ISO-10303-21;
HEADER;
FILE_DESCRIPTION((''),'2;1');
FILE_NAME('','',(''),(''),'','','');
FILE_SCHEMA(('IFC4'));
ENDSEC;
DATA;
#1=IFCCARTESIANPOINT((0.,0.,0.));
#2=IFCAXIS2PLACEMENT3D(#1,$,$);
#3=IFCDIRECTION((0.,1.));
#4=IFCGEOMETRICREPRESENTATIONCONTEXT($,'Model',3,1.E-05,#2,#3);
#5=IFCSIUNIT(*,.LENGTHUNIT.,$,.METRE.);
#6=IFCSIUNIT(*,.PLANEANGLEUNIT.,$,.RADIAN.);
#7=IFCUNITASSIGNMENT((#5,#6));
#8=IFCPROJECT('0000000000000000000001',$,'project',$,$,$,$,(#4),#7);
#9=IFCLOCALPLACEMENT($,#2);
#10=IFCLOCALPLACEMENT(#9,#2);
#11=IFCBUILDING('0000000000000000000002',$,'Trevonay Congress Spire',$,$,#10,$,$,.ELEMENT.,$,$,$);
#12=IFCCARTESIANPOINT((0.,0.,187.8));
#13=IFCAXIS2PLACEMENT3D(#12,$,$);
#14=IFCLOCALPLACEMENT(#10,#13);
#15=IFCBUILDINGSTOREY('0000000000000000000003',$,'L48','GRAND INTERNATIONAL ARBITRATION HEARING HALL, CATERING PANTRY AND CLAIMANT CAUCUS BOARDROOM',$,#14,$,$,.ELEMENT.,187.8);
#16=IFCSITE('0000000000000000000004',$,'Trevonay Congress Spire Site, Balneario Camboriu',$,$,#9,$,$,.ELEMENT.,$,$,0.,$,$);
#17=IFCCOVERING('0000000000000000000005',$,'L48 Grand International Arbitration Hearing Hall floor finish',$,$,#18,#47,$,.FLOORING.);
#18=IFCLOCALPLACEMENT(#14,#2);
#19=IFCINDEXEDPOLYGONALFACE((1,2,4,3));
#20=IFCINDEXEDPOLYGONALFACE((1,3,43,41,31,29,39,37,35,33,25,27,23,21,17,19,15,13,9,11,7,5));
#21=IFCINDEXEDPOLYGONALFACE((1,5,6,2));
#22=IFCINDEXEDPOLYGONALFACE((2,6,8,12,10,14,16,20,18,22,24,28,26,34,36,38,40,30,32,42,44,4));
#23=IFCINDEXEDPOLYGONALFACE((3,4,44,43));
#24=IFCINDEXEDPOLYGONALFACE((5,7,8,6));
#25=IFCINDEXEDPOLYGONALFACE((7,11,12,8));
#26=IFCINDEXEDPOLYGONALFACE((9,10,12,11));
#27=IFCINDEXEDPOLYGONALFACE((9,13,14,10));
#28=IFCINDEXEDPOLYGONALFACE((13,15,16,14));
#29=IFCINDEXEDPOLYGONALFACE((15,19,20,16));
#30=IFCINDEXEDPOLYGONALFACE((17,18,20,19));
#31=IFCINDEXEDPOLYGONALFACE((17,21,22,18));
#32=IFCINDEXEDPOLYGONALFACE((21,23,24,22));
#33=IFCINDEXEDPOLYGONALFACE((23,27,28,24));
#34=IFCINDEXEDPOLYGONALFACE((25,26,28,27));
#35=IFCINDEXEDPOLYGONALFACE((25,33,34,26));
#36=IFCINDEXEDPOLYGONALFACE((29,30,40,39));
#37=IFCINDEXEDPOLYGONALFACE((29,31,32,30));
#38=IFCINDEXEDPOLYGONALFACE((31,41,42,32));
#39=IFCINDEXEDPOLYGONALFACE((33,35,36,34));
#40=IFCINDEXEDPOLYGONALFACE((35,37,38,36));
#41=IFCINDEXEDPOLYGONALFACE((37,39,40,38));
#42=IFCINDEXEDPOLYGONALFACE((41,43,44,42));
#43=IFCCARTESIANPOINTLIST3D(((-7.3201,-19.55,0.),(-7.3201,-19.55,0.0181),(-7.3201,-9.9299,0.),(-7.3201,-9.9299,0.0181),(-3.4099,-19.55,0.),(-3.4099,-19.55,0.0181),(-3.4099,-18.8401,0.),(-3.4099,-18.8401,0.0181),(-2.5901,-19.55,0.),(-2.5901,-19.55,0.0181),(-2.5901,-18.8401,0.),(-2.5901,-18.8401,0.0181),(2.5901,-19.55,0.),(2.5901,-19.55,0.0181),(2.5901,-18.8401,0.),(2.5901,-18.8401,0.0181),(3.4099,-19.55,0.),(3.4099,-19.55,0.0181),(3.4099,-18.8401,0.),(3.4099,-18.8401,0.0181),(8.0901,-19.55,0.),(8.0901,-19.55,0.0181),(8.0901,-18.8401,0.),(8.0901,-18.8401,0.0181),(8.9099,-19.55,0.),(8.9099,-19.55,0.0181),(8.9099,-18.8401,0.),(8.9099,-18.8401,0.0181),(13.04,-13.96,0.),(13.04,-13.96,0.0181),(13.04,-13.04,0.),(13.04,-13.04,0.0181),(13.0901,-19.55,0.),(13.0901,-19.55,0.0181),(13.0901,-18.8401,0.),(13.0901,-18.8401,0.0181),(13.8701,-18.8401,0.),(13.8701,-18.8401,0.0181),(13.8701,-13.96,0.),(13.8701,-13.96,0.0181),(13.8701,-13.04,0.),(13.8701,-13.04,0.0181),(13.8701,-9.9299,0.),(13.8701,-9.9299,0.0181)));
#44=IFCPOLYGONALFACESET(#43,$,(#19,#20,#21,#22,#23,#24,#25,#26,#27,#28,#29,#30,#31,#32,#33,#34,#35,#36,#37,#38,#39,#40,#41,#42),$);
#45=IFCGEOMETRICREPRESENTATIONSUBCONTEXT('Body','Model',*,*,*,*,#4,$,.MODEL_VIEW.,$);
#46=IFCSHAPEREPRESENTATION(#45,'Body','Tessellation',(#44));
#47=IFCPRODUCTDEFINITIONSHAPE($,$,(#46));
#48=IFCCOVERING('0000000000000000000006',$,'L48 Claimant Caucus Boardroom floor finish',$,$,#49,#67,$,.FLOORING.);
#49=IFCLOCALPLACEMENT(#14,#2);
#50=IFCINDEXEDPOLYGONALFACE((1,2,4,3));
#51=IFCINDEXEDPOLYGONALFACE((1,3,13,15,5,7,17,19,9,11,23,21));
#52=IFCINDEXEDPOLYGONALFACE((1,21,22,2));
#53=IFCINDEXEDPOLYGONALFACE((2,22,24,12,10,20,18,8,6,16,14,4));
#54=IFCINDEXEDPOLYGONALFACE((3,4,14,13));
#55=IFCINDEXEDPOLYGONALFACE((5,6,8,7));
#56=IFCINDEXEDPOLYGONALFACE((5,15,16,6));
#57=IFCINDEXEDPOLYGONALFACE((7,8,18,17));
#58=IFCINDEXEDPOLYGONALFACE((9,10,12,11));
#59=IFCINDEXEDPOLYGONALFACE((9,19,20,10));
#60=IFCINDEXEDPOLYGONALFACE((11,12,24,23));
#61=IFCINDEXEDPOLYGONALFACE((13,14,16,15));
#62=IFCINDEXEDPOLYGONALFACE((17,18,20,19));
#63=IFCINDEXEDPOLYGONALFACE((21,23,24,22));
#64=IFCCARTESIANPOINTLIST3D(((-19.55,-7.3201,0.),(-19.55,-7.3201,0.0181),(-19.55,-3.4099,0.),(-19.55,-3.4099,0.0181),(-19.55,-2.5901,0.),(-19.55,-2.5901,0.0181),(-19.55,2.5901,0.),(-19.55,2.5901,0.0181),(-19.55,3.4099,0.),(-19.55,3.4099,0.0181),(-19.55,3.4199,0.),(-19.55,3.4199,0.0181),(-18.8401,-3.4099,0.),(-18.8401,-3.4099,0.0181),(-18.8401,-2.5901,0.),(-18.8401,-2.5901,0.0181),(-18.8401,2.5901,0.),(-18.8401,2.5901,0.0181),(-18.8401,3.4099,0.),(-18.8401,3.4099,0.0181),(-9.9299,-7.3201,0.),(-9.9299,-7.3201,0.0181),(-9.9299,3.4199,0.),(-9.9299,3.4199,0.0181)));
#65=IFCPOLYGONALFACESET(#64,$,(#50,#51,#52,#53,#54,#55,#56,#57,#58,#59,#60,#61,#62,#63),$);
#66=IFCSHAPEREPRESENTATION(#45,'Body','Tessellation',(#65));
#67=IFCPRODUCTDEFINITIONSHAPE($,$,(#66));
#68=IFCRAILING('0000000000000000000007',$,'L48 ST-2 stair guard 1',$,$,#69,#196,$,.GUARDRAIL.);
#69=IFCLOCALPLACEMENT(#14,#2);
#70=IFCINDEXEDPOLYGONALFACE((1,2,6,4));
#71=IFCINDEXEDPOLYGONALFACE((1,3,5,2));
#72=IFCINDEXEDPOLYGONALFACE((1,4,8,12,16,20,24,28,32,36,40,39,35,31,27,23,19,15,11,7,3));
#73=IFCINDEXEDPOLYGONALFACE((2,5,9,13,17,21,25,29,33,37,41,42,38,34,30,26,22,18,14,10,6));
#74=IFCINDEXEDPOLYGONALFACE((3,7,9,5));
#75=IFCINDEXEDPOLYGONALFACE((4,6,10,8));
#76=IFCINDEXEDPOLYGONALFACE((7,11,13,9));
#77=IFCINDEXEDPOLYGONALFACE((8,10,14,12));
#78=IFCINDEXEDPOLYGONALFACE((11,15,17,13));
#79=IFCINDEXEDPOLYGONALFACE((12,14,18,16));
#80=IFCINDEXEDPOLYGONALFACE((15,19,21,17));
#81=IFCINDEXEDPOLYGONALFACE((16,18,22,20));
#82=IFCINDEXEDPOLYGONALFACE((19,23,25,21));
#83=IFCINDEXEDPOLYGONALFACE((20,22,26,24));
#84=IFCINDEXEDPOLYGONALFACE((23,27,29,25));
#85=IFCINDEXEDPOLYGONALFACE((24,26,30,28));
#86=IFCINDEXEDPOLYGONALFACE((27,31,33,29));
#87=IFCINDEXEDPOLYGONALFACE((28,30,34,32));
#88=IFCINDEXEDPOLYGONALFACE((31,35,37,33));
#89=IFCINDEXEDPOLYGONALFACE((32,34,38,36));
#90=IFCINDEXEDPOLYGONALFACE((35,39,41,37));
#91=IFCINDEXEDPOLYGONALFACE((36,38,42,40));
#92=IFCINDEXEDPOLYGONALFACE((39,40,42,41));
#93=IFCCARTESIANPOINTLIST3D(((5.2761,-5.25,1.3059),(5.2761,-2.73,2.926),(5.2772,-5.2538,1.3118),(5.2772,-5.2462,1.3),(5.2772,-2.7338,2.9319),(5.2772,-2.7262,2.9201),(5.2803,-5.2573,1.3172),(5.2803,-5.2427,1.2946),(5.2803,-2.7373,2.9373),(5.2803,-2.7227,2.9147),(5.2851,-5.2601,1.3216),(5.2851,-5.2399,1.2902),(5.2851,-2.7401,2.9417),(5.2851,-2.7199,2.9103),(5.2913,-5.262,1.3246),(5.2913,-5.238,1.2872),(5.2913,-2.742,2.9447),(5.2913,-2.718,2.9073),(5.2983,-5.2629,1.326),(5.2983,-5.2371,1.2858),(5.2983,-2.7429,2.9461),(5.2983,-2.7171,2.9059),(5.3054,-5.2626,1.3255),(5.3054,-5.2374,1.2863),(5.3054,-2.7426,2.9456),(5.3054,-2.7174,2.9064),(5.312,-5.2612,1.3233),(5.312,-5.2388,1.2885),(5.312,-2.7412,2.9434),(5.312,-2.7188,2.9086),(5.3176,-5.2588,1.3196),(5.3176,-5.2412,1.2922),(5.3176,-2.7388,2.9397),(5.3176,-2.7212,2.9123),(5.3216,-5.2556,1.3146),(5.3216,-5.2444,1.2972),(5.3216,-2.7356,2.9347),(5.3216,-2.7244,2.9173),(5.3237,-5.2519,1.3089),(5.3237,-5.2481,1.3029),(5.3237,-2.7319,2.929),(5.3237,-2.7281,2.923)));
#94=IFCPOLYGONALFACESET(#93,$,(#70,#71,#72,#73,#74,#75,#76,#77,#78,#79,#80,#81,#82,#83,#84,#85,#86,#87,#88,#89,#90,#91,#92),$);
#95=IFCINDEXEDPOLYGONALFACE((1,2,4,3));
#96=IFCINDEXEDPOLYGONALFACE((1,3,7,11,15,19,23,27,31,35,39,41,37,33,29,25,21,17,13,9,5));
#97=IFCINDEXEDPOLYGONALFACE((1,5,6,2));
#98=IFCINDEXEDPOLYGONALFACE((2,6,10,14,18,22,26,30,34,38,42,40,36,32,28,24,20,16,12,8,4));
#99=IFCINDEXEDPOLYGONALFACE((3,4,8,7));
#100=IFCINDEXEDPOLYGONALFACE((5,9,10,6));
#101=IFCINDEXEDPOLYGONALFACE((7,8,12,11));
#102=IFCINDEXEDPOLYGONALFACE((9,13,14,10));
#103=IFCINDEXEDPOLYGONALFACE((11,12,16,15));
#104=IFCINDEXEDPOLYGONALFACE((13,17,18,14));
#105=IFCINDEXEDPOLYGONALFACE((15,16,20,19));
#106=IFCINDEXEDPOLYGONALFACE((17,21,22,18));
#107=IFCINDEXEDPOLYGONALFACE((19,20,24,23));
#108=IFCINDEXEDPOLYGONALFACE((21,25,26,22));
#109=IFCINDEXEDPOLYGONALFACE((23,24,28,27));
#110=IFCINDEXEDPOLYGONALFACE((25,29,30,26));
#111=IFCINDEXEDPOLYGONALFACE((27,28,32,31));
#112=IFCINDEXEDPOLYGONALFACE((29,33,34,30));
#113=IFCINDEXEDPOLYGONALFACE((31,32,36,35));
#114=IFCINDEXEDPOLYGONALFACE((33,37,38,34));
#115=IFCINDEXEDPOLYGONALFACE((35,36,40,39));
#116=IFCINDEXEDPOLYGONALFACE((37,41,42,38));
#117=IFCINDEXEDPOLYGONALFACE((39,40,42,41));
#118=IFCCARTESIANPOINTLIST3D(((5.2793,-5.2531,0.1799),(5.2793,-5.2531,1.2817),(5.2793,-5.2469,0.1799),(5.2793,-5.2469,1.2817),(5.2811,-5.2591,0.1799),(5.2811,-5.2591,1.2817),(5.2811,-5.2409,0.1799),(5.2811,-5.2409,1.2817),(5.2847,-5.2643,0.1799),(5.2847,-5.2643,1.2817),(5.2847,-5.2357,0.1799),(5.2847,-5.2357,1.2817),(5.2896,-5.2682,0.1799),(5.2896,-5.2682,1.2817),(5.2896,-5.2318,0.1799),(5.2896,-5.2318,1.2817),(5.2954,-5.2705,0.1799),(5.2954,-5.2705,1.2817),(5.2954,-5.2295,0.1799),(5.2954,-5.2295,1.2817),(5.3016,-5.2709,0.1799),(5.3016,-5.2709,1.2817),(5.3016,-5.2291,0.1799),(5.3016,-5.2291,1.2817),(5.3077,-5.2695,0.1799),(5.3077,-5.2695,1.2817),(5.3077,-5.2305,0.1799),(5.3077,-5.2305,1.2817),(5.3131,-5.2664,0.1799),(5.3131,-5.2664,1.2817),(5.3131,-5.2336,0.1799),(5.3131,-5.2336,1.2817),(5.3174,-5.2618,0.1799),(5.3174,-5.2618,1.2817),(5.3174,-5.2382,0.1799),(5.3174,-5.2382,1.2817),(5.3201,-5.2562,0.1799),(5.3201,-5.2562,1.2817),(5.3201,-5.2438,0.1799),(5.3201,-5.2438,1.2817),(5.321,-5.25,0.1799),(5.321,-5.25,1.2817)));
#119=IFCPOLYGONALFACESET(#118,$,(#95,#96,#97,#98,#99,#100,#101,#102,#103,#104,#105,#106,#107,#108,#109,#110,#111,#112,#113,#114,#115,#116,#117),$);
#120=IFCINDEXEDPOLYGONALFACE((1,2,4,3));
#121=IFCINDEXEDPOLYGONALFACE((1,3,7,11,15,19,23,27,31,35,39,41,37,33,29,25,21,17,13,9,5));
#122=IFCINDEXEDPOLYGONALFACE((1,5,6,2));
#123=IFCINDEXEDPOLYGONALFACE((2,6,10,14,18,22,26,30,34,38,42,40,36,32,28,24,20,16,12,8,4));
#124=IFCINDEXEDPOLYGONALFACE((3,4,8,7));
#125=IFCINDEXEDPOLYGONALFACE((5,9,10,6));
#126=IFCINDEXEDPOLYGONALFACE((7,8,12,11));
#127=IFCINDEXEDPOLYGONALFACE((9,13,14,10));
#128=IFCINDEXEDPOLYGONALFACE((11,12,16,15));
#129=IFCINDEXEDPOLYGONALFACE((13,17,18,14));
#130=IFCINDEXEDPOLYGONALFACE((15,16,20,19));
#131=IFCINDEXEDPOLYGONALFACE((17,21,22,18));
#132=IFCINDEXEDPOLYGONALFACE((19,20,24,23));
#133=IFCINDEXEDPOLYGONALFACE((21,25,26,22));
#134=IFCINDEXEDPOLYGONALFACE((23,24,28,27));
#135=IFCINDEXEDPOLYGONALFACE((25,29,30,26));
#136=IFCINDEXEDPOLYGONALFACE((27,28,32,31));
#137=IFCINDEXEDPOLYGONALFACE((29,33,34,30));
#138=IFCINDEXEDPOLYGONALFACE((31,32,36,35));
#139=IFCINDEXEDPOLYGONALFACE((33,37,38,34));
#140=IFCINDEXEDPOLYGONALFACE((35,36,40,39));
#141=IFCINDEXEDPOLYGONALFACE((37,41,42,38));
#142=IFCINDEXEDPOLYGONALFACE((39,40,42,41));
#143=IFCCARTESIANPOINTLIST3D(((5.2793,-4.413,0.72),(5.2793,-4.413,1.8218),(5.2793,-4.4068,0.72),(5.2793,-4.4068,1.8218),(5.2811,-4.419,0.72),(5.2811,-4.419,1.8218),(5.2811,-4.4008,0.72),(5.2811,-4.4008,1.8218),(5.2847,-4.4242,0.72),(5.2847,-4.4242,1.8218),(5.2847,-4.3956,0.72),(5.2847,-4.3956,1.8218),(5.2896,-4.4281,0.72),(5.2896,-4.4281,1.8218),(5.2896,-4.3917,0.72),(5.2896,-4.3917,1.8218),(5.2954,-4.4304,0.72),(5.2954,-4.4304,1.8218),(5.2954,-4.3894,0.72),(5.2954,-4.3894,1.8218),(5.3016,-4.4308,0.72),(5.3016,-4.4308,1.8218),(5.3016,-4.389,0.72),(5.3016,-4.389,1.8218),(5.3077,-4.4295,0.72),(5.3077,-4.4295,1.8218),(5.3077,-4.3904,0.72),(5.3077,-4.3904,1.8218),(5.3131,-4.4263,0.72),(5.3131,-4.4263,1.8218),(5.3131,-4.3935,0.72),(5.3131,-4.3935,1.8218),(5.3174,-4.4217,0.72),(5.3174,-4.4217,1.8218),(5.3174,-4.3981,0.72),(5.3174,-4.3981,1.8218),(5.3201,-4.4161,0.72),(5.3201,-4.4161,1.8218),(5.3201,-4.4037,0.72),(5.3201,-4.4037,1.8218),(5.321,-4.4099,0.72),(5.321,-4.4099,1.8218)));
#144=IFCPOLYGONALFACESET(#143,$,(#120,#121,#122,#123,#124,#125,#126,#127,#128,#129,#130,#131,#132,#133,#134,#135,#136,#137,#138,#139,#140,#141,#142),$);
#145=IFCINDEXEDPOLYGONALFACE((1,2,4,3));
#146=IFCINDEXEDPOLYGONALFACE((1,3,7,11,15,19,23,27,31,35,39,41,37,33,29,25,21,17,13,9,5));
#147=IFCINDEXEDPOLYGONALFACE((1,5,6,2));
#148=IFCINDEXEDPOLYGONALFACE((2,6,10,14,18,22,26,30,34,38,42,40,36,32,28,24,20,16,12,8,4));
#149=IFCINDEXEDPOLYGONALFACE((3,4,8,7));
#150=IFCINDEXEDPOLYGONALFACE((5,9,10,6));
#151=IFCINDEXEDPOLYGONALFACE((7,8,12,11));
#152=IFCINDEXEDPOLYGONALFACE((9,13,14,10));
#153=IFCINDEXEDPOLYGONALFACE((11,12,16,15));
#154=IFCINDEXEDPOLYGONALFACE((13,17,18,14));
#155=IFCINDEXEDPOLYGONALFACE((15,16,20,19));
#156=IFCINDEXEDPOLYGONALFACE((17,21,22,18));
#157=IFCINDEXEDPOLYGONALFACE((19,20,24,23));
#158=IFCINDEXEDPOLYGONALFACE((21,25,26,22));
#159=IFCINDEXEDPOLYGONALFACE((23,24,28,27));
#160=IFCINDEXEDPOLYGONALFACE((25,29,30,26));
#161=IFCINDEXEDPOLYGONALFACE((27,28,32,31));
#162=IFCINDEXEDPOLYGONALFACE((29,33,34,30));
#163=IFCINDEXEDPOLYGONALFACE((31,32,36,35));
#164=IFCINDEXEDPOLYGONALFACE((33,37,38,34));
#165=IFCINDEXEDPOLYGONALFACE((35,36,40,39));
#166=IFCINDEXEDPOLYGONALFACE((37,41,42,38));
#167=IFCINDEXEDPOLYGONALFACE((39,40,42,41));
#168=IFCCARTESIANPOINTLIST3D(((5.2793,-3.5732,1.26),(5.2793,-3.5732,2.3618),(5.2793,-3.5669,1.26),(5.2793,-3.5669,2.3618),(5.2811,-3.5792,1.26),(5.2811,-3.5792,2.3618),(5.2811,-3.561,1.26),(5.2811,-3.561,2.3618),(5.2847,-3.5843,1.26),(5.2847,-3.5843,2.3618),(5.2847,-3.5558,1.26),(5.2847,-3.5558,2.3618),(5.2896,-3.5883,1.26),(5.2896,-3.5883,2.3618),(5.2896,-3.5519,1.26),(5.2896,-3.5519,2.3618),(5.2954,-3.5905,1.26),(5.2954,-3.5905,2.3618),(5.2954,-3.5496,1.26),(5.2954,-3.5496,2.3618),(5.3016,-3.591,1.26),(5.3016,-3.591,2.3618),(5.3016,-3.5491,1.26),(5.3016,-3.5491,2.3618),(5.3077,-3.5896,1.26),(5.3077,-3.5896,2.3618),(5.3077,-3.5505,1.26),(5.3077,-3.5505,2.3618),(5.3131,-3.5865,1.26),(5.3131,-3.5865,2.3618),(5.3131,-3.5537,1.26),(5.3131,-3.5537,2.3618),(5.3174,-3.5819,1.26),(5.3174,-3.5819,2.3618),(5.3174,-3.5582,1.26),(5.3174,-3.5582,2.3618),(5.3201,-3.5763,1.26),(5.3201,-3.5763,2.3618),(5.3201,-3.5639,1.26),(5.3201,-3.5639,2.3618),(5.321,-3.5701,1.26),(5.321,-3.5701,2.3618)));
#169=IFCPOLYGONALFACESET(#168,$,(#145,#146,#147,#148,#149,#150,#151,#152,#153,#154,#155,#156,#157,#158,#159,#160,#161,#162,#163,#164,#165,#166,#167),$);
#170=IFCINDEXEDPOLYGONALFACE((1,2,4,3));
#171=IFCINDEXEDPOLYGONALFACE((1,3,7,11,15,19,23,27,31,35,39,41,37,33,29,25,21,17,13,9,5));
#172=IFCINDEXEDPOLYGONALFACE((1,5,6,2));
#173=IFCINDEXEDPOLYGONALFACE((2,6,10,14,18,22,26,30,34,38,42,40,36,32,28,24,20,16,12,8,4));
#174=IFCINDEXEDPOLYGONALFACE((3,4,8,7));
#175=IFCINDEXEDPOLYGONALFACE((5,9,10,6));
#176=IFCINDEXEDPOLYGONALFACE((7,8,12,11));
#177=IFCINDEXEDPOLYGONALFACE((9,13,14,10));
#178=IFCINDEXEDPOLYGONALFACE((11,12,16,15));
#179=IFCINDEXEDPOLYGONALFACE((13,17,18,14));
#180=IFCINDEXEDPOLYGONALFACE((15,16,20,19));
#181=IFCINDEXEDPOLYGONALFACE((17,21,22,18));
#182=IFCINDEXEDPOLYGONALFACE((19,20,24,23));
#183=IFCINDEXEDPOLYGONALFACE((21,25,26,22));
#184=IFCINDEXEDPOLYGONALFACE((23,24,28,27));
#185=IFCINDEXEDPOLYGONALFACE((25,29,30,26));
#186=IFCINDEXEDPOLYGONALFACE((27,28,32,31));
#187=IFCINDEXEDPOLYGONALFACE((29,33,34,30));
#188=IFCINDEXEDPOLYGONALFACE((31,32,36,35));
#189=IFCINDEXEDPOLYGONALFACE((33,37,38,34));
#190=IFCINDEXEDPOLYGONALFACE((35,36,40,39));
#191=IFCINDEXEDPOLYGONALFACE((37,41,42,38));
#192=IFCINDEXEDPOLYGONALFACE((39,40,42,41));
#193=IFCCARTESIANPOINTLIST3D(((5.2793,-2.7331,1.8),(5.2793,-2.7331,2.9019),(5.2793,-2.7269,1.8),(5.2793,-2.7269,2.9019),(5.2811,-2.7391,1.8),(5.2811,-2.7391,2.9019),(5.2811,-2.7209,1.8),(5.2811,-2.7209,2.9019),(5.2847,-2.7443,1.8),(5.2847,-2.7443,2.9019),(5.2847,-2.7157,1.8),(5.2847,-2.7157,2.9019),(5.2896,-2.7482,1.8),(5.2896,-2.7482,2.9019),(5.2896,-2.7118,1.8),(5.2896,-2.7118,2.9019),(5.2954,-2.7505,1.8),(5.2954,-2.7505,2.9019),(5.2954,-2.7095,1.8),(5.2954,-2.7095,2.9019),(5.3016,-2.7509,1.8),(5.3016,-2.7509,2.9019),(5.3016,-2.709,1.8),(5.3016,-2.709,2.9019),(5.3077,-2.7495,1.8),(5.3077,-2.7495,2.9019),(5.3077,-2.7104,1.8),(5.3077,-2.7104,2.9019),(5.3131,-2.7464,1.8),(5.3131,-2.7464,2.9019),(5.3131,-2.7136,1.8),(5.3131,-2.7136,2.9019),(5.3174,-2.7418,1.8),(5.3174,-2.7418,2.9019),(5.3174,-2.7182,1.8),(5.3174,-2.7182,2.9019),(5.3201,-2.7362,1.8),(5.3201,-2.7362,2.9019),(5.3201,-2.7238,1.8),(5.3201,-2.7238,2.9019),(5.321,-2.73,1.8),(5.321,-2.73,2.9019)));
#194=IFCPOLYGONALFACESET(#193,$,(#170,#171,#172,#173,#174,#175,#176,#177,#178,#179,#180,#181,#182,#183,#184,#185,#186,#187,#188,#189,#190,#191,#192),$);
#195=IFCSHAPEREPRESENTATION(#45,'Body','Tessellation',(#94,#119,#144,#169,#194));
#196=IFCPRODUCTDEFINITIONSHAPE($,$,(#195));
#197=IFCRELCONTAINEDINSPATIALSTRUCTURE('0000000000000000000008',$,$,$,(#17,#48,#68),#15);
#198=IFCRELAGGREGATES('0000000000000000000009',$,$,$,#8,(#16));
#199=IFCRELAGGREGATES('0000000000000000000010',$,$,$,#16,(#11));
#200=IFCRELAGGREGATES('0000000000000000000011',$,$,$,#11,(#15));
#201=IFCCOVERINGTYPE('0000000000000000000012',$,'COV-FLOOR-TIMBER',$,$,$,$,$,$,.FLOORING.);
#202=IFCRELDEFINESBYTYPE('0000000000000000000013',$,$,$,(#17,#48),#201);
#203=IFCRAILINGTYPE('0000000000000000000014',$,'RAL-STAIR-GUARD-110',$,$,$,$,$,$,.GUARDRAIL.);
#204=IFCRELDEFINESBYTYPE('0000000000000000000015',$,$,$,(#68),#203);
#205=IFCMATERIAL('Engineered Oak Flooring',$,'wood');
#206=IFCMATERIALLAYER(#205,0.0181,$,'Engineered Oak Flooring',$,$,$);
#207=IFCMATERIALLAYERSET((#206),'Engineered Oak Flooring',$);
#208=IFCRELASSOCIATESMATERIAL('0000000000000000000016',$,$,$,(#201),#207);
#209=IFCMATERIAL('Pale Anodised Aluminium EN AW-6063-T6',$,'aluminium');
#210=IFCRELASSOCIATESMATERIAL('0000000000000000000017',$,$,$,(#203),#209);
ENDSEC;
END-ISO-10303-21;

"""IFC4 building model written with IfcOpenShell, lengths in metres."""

from ifc_helpers import new_model, si_unit, direction, frame, origin, origin_2d, place, context, subcontext, project, spatial, polyline, circle, outline, extrude, material, layer, layer_set, type_object, element, save


model = new_model("IFC4")

# Units and contexts
model_context = context("Model", 3, precision=1e-05, world=origin(), true_north=direction((0.0, 1.0)))
body_context = subcontext(model_context, "Body", "Model", "MODEL_VIEW")
ifc_project = project(units=[si_unit("LENGTHUNIT", "METRE"), si_unit("PLANEANGLEUNIT", "RADIAN")], contexts=[model_context])

# Site, building, storey
site_placement = place(None, origin())
site = spatial("IfcSite", under=ifc_project, at=site_placement, Name="Trevonay Congress Spire Site, Balneario Camboriu", CompositionType="ELEMENT", RefElevation=0.0)
building_placement = place(site_placement, origin())
building = spatial("IfcBuilding", under=site, at=building_placement, Name="Trevonay Congress Spire", CompositionType="ELEMENT")
storey_placement = place(building_placement, frame((0.0, 0.0, 187.8)))
storey = spatial("IfcBuildingStorey", under=building, at=storey_placement, Name="L48", Description="GRAND INTERNATIONAL ARBITRATION HEARING HALL, CATERING PANTRY AND CLAIMANT CAUCUS BOARDROOM", CompositionType="ELEMENT", Elevation=187.8)

# Shared definitions
ifc_material_1 = material(Name="Pale Anodised Aluminium EN AW-6063-T6", Category="aluminium")

# Coverings
ifc_material_2 = material(Name="Engineered Oak Flooring", Category="wood")
ifc_layer_1 = layer(ifc_material_2, 0.0181, Name="Engineered Oak Flooring")
ifc_layer_set_1 = layer_set([ifc_layer_1], Name="Engineered Oak Flooring")
covering_type_1 = type_object("IfcCoveringType", Name="COV-FLOOR-TIMBER", PredefinedType="FLOORING", material=ifc_layer_set_1)
covering_1_placement = place(storey_placement, origin())
element("IfcCovering", 1, at=covering_1_placement, inside=storey, type_object=covering_type_1, Name="L48 Grand International Arbitration Hearing Hall floor finish", PredefinedType="FLOORING", context=body_context, shape_type="SweptSolid", body=[
    extrude(outline(polyline([(-7.3201, -19.55), (-7.3201, -9.9299), (13.8701, -9.9299), (13.8701, -13.04), (13.04, -13.04), (13.04, -13.96), (13.8701, -13.96), (13.8701, -18.8401), (13.0901, -18.8401), (13.0901, -19.55), (8.9099, -19.55), (8.9099, -18.8401), (8.0901, -18.8401), (8.0901, -19.55), (3.4099, -19.55), (3.4099, -18.8401), (2.5901, -18.8401), (2.5901, -19.55), (-2.5901, -19.55), (-2.5901, -18.8401), (-3.4099, -18.8401), (-3.4099, -19.55), (-7.3201, -19.55)])), origin(), (0.0, 0.0, 1.0), 0.0181),
])
covering_2_placement = place(storey_placement, origin())
element("IfcCovering", 2, at=covering_2_placement, inside=storey, type_object=covering_type_1, Name="L48 Claimant Caucus Boardroom floor finish", PredefinedType="FLOORING", context=body_context, shape_type="SweptSolid", body=[
    extrude(outline(polyline([(-19.55, 3.4199), (-9.9299, 3.4199), (-9.9299, -7.3201), (-19.55, -7.3201), (-19.55, -3.4099), (-18.8401, -3.4099), (-18.8401, -2.5901), (-19.55, -2.5901), (-19.55, 2.5901), (-18.8401, 2.5901), (-18.8401, 3.4099), (-19.55, 3.4099), (-19.55, 3.4199)])), origin(), (0.0, 0.0, 1.0), 0.0181),
])

# Railing
railing_type_1 = type_object("IfcRailingType", Name="RAL-STAIR-GUARD-110", PredefinedType="GUARDRAIL", material=ifc_material_1)
railing_1_placement = place(storey_placement, frame((5.3, -5.25, 0.1799)))
element("IfcRailing", 3, at=railing_1_placement, inside=storey, type_object=railing_type_1, Name="L48 ST-2 stair guard 1", PredefinedType="GUARDRAIL", context=body_context, shape_type="SweptSolid", body=[
    extrude(circle(Radius=0.0239, at=origin_2d()), frame((0.0, 0.0, 1.126), z_axis=(0.0, 0.841163, 0.540782), x_axis=(-1.0, 0.0, 0.0)), (0.0, 0.0, 1.0), 2.9958),
    extrude(circle(Radius=0.021, at=origin_2d()), origin(), (0.0, 0.0, 1.0), 1.1018),
    extrude(circle(Radius=0.021, at=origin_2d()), frame((0.0, 0.8401, 0.54)), (0.0, 0.0, 1.0), 1.1018),
    extrude(circle(Radius=0.021, at=origin_2d()), frame((0.0, 1.6799, 1.0801)), (0.0, 0.0, 1.0), 1.1018),
    extrude(circle(Radius=0.021, at=origin_2d()), frame((0.0, 2.52, 1.6201)), (0.0, 0.0, 1.0), 1.1018),
])

save(model, "model.ifc")
